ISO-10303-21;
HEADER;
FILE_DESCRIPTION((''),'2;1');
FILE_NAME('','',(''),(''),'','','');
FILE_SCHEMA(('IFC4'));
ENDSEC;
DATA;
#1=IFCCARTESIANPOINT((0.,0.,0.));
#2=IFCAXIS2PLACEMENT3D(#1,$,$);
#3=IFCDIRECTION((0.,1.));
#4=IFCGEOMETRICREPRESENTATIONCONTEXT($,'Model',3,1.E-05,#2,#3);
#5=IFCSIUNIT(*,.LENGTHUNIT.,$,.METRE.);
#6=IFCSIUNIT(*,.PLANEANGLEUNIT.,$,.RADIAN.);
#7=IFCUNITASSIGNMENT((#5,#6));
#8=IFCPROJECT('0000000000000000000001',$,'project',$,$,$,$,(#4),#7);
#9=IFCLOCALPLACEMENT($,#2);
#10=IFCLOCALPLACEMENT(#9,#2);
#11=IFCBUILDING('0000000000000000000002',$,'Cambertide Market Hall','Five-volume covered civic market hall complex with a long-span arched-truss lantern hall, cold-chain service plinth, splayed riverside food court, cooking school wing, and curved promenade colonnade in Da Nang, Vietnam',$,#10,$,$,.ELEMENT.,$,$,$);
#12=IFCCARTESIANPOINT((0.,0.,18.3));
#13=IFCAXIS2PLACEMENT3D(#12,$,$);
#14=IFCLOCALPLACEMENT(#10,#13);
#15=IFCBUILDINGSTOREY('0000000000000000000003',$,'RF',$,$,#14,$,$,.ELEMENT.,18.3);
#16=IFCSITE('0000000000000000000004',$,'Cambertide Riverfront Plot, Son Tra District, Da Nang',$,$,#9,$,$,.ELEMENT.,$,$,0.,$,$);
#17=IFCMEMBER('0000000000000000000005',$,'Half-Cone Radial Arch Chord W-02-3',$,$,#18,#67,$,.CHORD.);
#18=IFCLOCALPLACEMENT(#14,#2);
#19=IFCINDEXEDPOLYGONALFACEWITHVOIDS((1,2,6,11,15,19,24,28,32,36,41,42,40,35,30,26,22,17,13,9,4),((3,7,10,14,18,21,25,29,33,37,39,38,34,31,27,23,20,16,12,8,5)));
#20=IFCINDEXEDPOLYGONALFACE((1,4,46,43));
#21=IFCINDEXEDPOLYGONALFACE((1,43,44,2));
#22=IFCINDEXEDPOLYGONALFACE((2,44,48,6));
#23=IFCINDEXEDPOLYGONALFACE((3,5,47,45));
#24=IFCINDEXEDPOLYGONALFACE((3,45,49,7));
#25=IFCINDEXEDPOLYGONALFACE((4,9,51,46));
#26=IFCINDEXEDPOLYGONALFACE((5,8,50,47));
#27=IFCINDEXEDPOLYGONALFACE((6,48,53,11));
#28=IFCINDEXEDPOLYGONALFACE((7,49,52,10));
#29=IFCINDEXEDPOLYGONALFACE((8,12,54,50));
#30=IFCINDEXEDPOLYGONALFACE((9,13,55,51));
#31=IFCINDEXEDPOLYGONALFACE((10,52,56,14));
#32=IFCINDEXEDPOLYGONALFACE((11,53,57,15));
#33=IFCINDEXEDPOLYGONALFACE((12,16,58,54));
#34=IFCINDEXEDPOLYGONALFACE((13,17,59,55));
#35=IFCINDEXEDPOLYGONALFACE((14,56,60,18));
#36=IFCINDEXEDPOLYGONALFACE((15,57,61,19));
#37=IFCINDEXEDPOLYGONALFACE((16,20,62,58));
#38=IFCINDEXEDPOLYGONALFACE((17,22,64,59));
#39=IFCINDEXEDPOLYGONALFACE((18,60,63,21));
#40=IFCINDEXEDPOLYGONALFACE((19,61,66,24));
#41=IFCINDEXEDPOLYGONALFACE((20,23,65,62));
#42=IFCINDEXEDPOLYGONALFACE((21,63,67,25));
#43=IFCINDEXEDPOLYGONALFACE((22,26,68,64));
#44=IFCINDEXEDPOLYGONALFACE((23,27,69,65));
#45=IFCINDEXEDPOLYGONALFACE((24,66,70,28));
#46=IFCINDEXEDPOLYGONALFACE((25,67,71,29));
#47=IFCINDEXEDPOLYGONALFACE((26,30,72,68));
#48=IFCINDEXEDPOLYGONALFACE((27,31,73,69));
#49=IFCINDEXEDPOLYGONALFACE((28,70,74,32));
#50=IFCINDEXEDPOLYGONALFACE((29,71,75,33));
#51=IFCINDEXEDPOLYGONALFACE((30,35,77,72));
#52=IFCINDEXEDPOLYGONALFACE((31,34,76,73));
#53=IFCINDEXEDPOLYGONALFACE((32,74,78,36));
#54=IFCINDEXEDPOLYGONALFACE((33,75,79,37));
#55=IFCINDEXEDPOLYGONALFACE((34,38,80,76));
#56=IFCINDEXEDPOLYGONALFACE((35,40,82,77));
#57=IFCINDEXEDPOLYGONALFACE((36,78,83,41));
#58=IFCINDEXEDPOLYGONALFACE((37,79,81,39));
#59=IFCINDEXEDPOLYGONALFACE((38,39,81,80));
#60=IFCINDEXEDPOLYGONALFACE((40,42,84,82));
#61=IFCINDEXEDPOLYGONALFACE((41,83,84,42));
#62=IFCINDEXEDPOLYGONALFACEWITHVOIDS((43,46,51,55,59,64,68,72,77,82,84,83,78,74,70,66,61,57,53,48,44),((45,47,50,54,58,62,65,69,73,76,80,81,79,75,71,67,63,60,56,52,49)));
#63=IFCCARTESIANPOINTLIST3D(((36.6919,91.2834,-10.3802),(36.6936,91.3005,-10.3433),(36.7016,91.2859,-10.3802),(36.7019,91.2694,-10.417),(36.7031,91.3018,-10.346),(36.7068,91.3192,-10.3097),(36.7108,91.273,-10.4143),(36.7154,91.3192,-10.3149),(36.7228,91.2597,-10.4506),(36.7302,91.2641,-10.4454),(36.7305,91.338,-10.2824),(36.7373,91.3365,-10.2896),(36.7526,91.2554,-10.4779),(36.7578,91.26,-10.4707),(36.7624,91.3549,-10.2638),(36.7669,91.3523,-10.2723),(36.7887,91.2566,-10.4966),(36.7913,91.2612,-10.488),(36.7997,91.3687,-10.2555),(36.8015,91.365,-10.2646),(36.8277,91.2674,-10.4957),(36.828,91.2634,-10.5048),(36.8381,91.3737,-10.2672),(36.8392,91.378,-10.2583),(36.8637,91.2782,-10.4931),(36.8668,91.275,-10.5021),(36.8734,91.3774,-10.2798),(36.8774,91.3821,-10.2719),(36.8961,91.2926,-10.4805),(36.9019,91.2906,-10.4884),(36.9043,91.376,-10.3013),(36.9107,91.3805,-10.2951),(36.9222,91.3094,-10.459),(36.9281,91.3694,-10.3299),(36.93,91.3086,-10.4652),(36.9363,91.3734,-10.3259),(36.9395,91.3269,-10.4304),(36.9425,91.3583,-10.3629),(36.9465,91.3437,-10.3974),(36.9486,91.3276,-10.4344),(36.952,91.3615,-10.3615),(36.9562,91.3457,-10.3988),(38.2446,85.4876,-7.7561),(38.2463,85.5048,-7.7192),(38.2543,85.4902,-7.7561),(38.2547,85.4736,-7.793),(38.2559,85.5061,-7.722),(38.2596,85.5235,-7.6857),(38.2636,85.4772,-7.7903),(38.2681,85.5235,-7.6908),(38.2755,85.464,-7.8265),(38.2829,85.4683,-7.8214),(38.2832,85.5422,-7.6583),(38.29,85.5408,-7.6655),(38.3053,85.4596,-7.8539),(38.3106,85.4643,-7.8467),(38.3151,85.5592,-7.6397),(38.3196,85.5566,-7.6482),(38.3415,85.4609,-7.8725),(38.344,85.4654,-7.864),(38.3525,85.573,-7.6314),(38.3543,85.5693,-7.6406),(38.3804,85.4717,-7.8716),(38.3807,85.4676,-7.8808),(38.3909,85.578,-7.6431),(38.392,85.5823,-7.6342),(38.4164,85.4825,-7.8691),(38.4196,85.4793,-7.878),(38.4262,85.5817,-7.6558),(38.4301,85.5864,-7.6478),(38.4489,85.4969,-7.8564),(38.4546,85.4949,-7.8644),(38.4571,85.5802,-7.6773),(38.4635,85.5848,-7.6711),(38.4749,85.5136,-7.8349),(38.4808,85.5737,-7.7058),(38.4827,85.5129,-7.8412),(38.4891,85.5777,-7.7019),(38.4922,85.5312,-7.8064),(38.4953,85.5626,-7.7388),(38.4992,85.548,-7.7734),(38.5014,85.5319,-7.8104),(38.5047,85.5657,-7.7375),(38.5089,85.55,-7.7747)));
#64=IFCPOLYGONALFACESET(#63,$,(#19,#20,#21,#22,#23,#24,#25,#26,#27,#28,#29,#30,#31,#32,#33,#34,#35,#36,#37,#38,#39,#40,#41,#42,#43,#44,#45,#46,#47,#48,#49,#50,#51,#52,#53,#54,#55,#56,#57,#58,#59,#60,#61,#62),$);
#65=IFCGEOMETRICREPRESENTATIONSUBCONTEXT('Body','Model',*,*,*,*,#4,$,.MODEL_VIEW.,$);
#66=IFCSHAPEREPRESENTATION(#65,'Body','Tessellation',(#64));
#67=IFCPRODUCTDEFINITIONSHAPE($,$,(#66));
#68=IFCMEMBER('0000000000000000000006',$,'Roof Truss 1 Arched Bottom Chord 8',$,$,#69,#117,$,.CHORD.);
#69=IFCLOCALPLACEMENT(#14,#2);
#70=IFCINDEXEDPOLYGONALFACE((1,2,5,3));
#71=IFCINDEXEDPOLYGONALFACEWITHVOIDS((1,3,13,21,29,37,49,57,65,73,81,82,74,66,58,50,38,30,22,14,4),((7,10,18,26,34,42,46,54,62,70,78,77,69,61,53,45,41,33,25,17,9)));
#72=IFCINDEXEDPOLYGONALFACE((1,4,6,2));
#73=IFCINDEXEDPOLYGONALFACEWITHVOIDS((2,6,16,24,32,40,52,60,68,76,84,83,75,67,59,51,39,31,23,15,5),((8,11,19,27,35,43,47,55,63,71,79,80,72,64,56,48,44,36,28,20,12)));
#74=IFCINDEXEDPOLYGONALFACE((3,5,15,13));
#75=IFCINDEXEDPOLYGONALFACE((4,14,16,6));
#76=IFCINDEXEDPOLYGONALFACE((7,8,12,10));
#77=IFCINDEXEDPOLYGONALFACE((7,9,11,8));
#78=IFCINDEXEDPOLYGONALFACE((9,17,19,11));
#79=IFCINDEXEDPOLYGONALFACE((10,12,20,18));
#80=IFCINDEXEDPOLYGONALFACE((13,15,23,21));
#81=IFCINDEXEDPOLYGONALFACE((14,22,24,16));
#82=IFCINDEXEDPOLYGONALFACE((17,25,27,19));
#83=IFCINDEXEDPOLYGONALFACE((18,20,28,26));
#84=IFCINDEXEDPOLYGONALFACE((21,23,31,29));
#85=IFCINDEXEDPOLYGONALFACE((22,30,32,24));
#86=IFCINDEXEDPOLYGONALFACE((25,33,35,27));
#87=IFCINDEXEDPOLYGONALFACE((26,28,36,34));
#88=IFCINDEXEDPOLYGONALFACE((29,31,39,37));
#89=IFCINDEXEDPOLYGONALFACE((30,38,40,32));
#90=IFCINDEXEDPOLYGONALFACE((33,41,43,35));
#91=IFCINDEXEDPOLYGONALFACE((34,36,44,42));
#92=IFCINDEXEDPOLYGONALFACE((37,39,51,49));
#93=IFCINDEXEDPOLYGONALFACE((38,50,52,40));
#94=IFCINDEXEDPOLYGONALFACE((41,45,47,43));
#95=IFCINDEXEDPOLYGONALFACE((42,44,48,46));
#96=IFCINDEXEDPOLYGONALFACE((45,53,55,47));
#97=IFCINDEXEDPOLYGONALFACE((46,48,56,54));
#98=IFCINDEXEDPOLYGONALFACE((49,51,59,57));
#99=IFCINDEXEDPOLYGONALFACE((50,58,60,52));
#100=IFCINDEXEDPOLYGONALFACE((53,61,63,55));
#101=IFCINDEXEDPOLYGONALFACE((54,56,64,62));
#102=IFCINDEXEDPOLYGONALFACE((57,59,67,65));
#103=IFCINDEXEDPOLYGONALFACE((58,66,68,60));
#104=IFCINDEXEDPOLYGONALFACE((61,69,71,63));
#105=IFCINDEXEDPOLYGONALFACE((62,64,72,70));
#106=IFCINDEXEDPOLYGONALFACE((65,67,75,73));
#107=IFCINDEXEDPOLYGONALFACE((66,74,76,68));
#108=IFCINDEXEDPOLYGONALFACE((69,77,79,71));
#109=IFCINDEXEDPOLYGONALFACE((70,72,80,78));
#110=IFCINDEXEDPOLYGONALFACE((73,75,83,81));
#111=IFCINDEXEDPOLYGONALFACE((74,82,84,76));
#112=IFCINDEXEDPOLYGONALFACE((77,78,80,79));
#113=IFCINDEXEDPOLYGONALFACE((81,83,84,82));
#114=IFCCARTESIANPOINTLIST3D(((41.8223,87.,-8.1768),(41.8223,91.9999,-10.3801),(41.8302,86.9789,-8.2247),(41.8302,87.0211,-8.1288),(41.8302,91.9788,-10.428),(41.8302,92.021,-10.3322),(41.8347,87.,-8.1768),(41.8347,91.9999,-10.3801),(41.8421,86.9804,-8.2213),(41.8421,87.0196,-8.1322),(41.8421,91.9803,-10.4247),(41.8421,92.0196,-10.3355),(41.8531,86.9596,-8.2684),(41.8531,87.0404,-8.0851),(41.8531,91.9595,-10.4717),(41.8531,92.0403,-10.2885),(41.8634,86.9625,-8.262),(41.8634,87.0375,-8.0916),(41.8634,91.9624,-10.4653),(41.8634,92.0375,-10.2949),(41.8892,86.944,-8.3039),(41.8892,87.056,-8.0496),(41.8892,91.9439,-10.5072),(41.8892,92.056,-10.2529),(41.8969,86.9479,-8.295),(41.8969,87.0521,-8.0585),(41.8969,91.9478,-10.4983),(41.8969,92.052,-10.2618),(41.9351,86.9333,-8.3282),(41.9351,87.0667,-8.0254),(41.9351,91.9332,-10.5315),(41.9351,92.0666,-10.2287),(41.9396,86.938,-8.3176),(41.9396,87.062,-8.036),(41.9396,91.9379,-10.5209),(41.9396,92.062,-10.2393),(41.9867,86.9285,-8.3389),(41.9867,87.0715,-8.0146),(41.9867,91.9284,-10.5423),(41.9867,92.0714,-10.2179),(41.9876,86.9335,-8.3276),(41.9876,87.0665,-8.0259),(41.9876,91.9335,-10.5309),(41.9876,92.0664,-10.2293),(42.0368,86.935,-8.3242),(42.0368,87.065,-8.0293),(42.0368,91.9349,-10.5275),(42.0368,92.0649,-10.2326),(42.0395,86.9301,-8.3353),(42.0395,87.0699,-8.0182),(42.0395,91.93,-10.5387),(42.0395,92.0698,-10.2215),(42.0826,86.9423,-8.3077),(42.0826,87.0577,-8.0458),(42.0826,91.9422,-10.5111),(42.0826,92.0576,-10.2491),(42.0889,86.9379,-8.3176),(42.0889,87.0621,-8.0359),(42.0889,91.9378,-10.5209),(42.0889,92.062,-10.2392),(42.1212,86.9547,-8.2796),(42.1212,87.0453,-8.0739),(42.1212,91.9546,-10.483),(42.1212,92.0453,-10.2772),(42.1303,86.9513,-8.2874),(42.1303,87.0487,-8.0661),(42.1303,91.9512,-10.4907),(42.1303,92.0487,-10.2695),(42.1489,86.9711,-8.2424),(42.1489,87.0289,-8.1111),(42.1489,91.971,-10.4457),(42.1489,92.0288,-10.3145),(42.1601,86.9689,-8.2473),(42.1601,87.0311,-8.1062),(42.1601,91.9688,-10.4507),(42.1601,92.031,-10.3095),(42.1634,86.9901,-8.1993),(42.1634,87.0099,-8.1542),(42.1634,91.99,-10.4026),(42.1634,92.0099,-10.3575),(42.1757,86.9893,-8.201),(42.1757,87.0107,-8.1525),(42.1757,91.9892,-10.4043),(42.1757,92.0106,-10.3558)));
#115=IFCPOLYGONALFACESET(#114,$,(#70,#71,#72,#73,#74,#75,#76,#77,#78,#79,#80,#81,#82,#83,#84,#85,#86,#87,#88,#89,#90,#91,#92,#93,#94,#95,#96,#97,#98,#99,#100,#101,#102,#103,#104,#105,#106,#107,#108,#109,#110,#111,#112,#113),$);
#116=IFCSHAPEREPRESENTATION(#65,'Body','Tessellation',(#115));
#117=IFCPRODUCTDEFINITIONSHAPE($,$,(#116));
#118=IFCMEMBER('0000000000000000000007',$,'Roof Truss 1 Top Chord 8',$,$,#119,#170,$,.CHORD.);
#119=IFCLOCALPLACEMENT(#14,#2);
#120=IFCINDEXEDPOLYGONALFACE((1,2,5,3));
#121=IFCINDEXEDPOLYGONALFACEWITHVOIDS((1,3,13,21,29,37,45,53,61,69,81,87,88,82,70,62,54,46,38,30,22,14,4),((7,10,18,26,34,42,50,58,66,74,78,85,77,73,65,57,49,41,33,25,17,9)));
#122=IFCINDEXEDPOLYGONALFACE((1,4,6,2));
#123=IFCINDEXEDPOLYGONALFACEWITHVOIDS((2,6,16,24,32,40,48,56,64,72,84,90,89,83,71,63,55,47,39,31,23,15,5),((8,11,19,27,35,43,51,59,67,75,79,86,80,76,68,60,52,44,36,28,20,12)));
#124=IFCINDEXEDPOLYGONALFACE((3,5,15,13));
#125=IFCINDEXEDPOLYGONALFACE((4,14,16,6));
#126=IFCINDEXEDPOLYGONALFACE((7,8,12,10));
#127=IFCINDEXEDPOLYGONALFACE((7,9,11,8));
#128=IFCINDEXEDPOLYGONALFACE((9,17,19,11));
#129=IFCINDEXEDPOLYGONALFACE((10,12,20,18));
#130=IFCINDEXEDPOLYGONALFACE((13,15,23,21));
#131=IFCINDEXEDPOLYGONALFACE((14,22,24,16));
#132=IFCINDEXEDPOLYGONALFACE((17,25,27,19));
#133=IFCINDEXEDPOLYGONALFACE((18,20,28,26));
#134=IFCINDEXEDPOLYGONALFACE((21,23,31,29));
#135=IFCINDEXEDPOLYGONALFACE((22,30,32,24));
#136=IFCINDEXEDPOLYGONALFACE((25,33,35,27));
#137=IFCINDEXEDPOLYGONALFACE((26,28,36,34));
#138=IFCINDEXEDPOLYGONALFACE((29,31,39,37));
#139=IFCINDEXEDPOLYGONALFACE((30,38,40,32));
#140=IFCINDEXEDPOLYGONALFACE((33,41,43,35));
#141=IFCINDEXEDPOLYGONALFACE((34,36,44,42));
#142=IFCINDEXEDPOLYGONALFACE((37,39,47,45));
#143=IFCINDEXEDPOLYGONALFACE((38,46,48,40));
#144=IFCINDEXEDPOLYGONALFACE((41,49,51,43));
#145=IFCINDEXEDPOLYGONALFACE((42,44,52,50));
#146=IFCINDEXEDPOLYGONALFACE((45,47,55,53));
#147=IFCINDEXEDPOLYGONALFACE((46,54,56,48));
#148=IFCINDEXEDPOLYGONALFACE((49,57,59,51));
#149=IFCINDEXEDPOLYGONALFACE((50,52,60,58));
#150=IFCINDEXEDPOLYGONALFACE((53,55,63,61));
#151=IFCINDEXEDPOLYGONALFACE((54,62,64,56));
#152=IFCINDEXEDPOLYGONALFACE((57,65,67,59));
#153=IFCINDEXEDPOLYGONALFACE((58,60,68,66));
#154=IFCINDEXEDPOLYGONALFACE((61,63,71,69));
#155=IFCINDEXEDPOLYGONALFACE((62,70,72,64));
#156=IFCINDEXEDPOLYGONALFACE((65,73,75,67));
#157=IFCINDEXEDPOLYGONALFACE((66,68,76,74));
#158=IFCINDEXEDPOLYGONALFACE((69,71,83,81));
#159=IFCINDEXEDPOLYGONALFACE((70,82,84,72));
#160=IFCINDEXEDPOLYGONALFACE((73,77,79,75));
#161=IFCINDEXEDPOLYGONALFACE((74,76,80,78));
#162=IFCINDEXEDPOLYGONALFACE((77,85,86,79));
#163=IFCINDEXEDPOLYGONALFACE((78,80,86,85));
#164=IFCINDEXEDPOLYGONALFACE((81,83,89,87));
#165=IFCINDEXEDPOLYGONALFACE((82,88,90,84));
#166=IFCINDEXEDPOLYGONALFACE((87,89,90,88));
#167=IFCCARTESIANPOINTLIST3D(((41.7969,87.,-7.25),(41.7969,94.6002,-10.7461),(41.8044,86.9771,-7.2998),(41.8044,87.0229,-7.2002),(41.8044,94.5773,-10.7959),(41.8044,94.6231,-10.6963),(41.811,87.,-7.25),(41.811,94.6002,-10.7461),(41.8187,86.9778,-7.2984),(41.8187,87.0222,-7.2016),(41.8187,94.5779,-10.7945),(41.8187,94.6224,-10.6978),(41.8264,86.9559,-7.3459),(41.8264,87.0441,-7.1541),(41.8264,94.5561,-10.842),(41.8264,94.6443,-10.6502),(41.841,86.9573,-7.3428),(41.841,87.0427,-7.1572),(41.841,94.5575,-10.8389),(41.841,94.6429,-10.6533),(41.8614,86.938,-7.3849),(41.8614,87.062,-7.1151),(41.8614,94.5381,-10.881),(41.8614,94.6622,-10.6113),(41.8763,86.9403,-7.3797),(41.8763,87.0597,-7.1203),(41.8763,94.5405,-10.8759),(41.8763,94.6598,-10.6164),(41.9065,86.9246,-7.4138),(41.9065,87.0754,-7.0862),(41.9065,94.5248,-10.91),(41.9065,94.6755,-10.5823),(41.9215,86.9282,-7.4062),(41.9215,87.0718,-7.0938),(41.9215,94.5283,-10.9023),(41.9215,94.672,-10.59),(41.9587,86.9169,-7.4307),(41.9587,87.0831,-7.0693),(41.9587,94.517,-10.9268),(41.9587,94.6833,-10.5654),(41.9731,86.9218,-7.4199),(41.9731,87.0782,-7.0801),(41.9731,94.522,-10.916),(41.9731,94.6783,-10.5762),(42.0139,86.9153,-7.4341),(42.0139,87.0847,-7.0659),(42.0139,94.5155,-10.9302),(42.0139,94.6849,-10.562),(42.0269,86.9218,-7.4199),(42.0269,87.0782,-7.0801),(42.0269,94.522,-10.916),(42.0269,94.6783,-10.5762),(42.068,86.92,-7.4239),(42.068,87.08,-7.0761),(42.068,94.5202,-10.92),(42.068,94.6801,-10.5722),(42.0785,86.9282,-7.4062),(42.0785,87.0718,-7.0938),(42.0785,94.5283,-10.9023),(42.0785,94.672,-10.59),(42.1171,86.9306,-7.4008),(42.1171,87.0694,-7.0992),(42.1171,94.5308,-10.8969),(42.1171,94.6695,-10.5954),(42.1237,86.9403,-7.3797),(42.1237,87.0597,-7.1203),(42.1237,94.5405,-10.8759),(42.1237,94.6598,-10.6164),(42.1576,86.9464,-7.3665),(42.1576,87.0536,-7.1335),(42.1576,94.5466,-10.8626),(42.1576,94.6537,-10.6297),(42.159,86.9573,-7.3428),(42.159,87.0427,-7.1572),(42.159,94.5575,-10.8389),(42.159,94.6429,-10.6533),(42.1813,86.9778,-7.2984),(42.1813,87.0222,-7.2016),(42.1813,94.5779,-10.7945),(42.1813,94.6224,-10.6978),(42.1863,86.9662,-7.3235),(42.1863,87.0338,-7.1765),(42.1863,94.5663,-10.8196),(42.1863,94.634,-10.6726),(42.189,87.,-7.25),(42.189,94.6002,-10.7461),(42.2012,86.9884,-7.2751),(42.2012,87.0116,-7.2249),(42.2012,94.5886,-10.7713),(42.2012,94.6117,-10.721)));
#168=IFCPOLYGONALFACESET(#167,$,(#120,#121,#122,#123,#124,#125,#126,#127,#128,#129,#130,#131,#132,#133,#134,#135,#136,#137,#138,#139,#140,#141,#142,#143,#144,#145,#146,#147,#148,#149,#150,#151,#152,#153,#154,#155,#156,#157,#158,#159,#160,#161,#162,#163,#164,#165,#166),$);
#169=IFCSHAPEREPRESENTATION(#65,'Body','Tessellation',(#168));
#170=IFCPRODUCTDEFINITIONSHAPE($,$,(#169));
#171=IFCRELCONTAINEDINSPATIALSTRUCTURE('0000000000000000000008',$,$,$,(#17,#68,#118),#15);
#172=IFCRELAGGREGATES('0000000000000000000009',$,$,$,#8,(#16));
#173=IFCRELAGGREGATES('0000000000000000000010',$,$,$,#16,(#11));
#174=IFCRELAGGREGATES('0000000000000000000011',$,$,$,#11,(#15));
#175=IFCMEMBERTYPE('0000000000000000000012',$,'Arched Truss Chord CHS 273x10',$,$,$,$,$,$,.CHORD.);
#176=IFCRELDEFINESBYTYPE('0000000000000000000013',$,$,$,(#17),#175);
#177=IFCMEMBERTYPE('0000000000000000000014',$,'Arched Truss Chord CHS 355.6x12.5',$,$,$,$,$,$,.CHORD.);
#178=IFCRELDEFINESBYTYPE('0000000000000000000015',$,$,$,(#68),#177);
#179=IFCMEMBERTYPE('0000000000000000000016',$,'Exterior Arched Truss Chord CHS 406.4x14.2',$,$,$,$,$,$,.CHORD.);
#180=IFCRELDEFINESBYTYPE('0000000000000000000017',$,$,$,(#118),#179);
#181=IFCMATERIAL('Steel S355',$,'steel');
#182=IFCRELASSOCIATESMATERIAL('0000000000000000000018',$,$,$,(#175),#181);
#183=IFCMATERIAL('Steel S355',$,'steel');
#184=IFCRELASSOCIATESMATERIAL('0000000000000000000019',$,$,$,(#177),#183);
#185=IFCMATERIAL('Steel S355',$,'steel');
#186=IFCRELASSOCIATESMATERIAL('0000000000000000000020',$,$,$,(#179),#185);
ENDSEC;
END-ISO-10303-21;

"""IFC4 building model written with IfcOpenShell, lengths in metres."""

from ifc_helpers import new_model, si_unit, direction, frame, origin, origin_2d, place, context, subcontext, project, spatial, hollow_circle, extrude, material, material_profile, profile_set, type_object, element, save


model = new_model("IFC4")

# Units and contexts
model_context = context("Model", 3, precision=1e-05, world=origin(), true_north=direction((0.0, 1.0)))
body_context = subcontext(model_context, "Body", "Model", "MODEL_VIEW")
ifc_project = project(units=[si_unit("LENGTHUNIT", "METRE"), si_unit("PLANEANGLEUNIT", "RADIAN")], contexts=[model_context])

# Site, building, storey
site_placement = place(None, origin())
site = spatial("IfcSite", under=ifc_project, at=site_placement, Name="Cambertide Riverfront Plot, Son Tra District, Da Nang", CompositionType="ELEMENT", RefElevation=0.0)
building_placement = place(site_placement, origin())
building = spatial("IfcBuilding", under=site, at=building_placement, Name="Cambertide Market Hall", Description="Five-volume covered civic market hall complex with a long-span arched-truss lantern hall, cold-chain service plinth, splayed riverside food court, cooking school wing, and curved promenade colonnade in Da Nang, Vietnam", CompositionType="ELEMENT")
storey_placement = place(building_placement, frame((0.0, 0.0, 18.3)))
storey = spatial("IfcBuildingStorey", under=building, at=storey_placement, Name="RF", CompositionType="ELEMENT", Elevation=18.3)

# Members
ifc_material_1 = material(Name="Steel S355", Category="steel")
ifc_material_profile_1 = material_profile(ifc_material_1, hollow_circle(Radius=0.1365, WallThickness=0.01, at=origin_2d()), Name="CHS 273x10")
ifc_profile_set_1 = profile_set([ifc_material_profile_1], Name="Steel S355")
member_type_1 = type_object("IfcMemberType", Name="Arched Truss Chord CHS 273x10", PredefinedType="CHORD", material=ifc_profile_set_1)
member_1_placement = place(storey_placement, frame((38.3765, 85.5229, -7.7561), z_axis=(-0.237104, 0.885002, -0.400691), x_axis=(-0.965934, -0.258787, 0.0)))
element("IfcMember", 1, at=member_1_placement, inside=storey, type_object=member_type_1, Name="Half-Cone Radial Arch Chord W-02-3", PredefinedType="CHORD", context=body_context, shape_type="SweptSolid", body=[
    extrude(hollow_circle(Radius=0.1365, WallThickness=0.01, at=origin_2d()), origin(), (0.0, 0.0, 1.0), 6.5488),
])
ifc_material_2 = material(Name="Steel S355", Category="steel")
ifc_material_profile_2 = material_profile(ifc_material_2, hollow_circle(Radius=0.1777, WallThickness=0.0125, at=origin_2d()), Name="CHS 355.6x12.5")
ifc_profile_set_2 = profile_set([ifc_material_profile_2], Name="Steel S355")
member_type_2 = type_object("IfcMemberType", Name="Arched Truss Chord CHS 355.6x12.5", PredefinedType="CHORD", material=ifc_profile_set_2)
member_2_placement = place(storey_placement, frame((42.0, 87.0, -8.1768), z_axis=(0.0, 0.915088, -0.403255), x_axis=(-1.0, 0.0, 0.0)))
element("IfcMember", 2, at=member_2_placement, inside=storey, type_object=member_type_2, Name="Roof Truss 1 Arched Bottom Chord 8", PredefinedType="CHORD", context=body_context, shape_type="SweptSolid", body=[
    extrude(hollow_circle(Radius=0.1777, WallThickness=0.0125, at=origin_2d()), origin(), (0.0, 0.0, 1.0), 5.4639),
])
ifc_material_3 = material(Name="Steel S355", Category="steel")
ifc_material_profile_3 = material_profile(ifc_material_3, hollow_circle(Radius=0.2031, WallThickness=0.0142, at=origin_2d()), Name="CHS 406.4x14.2")
ifc_profile_set_3 = profile_set([ifc_material_profile_3], Name="Steel S355")
member_type_3 = type_object("IfcMemberType", Name="Exterior Arched Truss Chord CHS 406.4x14.2", PredefinedType="CHORD", material=ifc_profile_set_3)
member_3_placement = place(storey_placement, frame((42.0, 87.0, -7.25), z_axis=(0.0, 0.908488, -0.41791), x_axis=(-1.0, 0.0, 0.0)))
element("IfcMember", 3, at=member_3_placement, inside=storey, type_object=member_type_3, Name="Roof Truss 1 Top Chord 8", PredefinedType="CHORD", context=body_context, shape_type="SweptSolid", body=[
    extrude(hollow_circle(Radius=0.2031, WallThickness=0.0142, at=origin_2d()), origin(), (0.0, 0.0, 1.0), 8.3657),
])

save(model, "model.ifc")
